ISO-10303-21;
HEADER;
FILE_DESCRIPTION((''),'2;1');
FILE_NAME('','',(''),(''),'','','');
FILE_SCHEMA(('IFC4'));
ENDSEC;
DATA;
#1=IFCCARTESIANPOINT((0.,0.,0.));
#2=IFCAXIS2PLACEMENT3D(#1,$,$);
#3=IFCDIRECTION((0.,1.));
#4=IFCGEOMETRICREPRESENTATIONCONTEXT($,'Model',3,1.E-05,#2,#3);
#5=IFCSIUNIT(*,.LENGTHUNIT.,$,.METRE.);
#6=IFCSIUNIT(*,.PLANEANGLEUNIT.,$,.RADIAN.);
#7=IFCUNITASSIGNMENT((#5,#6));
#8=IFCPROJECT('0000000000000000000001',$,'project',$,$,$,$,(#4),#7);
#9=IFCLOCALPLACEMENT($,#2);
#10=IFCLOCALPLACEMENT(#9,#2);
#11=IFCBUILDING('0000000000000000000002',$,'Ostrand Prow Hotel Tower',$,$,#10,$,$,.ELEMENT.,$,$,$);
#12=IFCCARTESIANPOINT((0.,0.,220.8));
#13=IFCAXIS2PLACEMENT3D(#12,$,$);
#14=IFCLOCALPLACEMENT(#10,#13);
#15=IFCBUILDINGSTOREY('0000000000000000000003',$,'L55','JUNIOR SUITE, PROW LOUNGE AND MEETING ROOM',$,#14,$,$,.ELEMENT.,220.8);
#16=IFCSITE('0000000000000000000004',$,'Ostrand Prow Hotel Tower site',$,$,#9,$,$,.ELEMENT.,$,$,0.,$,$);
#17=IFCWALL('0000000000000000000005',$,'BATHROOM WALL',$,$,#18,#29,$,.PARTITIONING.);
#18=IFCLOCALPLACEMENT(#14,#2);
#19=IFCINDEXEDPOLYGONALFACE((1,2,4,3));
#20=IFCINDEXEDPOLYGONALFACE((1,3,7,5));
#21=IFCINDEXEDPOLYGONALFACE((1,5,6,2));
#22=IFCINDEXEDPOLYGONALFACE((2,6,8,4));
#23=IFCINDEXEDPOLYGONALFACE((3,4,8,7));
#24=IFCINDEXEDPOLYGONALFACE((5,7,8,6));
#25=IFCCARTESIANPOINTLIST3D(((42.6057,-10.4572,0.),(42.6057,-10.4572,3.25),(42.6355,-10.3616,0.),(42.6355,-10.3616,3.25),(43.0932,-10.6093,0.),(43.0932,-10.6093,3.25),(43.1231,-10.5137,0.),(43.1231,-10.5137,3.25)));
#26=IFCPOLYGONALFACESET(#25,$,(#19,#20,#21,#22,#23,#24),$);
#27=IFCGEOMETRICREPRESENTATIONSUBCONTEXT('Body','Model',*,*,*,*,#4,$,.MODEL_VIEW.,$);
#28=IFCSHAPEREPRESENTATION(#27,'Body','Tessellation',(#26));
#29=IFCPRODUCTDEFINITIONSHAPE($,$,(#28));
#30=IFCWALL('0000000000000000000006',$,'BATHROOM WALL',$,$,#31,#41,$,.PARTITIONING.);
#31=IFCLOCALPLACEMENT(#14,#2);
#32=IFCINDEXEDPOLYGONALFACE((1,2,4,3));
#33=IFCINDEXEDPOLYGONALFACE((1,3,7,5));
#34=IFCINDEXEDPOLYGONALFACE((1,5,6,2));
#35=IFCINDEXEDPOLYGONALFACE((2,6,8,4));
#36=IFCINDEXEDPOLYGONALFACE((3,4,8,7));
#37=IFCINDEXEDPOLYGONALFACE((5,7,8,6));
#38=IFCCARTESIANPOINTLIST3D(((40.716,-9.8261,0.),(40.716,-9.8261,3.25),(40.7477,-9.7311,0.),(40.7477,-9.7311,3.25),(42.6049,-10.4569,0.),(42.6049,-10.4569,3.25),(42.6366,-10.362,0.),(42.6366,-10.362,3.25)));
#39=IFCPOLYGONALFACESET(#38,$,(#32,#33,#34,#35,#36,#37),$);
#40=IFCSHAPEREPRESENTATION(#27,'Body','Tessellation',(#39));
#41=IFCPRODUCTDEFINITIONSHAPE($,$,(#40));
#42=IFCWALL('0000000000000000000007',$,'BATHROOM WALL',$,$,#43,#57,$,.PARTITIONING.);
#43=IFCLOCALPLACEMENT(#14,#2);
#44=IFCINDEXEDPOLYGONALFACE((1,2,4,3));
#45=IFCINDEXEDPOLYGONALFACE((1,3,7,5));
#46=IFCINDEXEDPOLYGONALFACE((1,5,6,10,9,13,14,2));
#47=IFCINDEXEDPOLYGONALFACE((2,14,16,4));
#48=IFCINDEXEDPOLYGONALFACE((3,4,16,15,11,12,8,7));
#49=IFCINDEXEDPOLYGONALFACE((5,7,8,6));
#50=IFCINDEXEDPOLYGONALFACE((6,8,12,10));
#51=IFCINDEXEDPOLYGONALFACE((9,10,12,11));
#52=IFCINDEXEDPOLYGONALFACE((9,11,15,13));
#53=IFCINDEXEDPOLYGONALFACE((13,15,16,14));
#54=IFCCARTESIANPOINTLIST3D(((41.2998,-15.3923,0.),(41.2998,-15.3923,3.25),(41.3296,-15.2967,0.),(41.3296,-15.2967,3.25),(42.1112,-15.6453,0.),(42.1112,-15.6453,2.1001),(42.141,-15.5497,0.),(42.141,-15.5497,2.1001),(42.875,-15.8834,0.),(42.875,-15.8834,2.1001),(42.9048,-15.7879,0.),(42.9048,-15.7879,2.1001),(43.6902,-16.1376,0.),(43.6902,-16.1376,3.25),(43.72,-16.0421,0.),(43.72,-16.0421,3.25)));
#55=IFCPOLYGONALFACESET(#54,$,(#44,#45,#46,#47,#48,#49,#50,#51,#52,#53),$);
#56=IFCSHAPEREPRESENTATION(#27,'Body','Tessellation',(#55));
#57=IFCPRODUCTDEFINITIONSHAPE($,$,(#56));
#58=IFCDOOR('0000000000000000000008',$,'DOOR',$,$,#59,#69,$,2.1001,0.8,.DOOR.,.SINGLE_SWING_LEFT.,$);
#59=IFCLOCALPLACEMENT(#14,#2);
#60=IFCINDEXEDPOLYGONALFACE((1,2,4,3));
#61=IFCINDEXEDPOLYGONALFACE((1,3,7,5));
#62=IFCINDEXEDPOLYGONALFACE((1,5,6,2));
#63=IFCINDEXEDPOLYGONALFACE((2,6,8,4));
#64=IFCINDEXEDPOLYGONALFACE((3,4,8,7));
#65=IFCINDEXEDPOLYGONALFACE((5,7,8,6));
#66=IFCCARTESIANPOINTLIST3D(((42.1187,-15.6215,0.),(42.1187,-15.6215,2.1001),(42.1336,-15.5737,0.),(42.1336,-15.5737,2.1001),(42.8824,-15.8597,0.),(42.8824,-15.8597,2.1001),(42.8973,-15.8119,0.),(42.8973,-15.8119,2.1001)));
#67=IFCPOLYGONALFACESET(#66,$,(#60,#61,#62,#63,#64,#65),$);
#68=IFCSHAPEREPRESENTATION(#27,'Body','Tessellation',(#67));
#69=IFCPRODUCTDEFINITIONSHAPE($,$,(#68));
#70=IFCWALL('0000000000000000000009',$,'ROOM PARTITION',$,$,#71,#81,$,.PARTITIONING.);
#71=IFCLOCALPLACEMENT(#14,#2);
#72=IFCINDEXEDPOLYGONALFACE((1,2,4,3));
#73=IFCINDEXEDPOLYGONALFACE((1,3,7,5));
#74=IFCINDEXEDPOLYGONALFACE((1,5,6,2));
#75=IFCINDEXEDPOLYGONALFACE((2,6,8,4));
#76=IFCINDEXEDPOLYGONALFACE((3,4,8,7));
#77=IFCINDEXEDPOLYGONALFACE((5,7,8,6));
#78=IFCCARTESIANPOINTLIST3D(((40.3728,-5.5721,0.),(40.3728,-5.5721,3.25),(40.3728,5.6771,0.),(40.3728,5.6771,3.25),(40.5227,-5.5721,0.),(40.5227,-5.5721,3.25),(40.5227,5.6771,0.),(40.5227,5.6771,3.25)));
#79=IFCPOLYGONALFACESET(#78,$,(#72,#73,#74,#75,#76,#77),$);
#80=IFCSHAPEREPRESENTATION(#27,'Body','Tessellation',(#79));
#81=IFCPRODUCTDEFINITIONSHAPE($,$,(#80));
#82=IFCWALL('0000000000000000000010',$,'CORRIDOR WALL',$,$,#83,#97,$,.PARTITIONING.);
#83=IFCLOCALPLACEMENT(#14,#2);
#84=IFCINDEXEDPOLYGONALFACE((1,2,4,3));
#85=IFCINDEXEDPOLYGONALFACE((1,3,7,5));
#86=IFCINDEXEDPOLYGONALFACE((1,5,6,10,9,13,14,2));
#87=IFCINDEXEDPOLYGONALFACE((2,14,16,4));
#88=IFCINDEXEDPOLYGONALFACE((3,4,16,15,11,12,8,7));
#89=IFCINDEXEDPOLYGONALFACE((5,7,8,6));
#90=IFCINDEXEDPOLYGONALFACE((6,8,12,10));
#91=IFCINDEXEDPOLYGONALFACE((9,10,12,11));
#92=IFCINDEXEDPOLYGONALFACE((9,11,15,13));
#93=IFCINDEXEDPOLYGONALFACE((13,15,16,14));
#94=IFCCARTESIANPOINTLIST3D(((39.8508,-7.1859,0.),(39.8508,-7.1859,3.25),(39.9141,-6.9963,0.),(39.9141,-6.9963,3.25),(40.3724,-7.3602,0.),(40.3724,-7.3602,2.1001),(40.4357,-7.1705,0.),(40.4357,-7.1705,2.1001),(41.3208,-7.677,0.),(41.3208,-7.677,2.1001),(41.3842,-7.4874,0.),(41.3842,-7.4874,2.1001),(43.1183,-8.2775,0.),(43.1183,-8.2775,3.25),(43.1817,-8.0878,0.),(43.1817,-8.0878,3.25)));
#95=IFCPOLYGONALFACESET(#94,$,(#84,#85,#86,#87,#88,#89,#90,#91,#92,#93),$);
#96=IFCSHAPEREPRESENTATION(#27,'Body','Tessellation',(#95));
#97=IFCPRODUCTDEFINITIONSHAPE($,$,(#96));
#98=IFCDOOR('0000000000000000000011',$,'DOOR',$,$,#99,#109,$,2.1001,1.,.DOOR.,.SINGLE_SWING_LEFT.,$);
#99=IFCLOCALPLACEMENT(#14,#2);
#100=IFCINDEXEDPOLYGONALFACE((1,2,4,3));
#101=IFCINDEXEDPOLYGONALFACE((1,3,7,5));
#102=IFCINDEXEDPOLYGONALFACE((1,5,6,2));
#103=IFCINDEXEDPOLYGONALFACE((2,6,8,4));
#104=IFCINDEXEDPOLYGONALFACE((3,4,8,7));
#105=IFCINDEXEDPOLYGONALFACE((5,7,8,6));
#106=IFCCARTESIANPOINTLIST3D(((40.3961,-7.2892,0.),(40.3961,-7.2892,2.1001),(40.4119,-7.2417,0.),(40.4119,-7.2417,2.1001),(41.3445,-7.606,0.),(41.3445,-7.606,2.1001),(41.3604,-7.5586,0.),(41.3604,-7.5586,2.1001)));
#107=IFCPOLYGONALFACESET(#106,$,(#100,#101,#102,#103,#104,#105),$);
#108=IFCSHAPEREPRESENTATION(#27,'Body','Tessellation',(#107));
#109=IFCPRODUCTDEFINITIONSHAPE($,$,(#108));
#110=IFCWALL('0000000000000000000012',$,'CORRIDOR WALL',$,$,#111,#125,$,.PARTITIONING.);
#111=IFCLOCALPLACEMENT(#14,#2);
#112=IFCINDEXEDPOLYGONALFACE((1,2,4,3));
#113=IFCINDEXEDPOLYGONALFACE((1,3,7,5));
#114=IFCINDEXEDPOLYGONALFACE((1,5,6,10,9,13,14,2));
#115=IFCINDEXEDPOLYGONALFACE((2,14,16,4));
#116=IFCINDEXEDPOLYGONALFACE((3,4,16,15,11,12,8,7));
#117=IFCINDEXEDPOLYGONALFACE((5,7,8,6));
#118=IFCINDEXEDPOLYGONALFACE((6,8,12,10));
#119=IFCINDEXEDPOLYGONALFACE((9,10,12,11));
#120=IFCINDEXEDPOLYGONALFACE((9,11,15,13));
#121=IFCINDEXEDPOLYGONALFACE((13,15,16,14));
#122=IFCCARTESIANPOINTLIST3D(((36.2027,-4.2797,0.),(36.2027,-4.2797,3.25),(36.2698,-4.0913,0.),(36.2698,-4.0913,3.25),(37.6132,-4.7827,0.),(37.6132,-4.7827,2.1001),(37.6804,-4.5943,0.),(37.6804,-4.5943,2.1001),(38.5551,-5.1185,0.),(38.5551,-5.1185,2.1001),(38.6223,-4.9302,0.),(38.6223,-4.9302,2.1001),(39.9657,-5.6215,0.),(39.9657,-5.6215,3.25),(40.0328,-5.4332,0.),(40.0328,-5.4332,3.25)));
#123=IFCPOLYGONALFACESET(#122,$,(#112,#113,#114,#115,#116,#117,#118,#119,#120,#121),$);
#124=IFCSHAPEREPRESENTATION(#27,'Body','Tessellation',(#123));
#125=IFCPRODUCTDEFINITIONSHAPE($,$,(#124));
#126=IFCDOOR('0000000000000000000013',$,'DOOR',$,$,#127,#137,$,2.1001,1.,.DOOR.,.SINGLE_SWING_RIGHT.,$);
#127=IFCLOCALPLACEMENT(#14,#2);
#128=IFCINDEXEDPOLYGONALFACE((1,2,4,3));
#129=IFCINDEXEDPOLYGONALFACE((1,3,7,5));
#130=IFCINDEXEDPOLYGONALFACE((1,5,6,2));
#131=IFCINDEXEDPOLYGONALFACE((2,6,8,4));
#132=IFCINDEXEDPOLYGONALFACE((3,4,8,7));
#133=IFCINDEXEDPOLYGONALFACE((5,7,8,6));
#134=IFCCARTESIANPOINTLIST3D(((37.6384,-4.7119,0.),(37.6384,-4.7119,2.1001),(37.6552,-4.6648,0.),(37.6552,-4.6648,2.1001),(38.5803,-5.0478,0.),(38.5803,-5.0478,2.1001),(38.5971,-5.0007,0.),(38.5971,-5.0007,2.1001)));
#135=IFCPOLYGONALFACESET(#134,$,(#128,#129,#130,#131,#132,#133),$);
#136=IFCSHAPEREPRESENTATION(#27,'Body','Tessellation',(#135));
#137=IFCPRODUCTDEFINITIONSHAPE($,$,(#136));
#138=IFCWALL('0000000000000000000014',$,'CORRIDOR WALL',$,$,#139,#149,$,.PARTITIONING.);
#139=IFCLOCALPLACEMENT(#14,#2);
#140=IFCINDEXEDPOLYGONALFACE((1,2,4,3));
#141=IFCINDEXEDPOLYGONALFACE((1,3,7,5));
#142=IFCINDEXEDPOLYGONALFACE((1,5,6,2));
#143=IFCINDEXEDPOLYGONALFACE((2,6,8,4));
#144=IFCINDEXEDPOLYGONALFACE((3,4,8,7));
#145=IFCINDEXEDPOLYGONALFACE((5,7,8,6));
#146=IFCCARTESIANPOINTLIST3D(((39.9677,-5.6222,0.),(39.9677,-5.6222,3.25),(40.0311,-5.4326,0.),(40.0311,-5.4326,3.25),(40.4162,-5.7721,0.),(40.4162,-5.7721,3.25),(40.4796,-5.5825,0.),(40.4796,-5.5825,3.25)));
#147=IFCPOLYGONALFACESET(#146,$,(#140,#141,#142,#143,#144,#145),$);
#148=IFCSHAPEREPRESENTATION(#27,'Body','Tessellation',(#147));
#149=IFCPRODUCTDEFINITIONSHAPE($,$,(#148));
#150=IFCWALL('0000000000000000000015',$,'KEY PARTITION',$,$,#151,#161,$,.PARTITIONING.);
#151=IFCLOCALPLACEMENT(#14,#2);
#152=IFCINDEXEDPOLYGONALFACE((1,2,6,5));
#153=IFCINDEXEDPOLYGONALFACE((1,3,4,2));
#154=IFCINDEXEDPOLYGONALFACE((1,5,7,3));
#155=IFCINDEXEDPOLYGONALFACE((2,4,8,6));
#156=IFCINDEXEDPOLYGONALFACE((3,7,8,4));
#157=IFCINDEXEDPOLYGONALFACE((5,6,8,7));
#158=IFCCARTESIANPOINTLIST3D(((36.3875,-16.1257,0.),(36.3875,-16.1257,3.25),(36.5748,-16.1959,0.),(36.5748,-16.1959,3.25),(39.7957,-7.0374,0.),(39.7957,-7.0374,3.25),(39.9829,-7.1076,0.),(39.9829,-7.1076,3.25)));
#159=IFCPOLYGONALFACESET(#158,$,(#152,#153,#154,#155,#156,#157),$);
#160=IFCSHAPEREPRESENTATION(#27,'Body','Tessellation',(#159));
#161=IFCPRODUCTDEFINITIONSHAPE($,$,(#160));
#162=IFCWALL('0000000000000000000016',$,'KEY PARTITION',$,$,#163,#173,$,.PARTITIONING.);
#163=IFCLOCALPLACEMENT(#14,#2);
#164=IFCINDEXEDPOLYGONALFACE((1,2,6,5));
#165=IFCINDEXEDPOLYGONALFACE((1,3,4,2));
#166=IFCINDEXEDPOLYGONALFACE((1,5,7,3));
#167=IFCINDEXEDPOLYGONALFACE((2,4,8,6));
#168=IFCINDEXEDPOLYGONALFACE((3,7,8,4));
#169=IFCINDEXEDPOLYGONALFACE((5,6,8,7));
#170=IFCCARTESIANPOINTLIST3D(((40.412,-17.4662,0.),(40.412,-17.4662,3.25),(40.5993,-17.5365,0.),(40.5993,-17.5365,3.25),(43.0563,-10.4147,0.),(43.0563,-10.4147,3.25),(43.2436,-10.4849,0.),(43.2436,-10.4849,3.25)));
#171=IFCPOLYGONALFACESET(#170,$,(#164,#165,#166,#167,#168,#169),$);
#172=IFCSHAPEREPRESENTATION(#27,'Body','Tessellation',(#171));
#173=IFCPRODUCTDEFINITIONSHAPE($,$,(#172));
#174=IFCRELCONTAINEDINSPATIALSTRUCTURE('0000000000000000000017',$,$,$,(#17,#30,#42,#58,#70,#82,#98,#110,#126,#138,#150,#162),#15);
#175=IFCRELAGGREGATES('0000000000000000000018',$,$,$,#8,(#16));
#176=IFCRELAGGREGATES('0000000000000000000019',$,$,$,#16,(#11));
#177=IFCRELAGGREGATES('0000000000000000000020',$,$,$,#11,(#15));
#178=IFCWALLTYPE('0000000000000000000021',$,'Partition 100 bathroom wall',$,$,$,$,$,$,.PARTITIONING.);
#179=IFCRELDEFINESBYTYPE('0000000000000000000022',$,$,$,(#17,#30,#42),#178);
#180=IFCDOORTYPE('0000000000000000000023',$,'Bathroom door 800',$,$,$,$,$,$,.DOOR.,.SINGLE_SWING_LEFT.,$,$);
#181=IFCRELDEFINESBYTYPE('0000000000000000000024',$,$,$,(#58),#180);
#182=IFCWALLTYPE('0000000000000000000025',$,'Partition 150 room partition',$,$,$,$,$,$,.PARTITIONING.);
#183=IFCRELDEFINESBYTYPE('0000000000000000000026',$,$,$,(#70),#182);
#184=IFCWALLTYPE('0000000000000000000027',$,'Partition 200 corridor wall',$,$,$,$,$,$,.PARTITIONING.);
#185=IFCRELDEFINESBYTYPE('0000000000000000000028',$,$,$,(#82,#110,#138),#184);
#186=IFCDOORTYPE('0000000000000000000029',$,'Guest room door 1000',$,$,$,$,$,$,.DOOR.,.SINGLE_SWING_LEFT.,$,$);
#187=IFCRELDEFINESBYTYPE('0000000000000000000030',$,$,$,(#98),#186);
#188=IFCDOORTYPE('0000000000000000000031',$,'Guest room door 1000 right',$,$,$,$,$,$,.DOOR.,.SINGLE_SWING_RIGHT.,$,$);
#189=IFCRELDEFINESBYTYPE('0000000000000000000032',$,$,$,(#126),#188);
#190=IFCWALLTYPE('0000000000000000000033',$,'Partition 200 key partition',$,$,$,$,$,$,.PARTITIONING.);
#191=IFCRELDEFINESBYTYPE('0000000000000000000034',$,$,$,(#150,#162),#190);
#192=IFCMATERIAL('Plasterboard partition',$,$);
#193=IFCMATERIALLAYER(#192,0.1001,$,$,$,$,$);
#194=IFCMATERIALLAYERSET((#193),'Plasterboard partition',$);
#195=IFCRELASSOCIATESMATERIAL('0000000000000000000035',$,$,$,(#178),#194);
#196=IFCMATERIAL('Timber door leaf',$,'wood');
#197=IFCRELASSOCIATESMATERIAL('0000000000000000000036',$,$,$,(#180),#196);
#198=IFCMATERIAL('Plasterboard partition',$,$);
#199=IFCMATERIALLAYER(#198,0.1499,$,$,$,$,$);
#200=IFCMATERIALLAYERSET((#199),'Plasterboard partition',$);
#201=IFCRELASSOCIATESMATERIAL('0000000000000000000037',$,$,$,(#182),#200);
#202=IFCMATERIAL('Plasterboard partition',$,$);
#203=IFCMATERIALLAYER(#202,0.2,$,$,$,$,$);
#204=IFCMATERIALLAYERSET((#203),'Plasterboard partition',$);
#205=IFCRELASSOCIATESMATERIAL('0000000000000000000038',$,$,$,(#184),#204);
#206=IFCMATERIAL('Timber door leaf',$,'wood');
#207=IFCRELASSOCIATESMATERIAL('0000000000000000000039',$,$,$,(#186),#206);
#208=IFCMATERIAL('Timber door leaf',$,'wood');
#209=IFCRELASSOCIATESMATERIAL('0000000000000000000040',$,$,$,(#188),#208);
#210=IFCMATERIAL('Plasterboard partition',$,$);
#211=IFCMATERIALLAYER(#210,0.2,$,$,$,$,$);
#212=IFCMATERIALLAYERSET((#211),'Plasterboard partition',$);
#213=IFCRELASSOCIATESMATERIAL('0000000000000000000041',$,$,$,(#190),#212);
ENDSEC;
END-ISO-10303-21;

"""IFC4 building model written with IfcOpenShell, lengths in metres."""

from ifc_helpers import new_model, si_unit, direction, frame, frame_2d, origin, place, context, subcontext, project, spatial, rectangle, extrude, material, layer, layer_set, type_object, element, fill, save


model = new_model("IFC4")

# Units and contexts
model_context = context("Model", 3, precision=1e-05, world=origin(), true_north=direction((0.0, 1.0)))
body_context = subcontext(model_context, "Body", "Model", "MODEL_VIEW")
ifc_project = project(units=[si_unit("LENGTHUNIT", "METRE"), si_unit("PLANEANGLEUNIT", "RADIAN")], contexts=[model_context])

# Site, building, storey
site_placement = place(None, origin())
site = spatial("IfcSite", under=ifc_project, at=site_placement, Name="Ostrand Prow Hotel Tower site", CompositionType="ELEMENT", RefElevation=0.0)
building_placement = place(site_placement, origin())
building = spatial("IfcBuilding", under=site, at=building_placement, Name="Ostrand Prow Hotel Tower", CompositionType="ELEMENT")
storey_placement = place(building_placement, frame((0.0, 0.0, 220.8)))
storey = spatial("IfcBuildingStorey", under=building, at=storey_placement, Name="L55", Description="JUNIOR SUITE, PROW LOUNGE AND MEETING ROOM", CompositionType="ELEMENT", Elevation=220.8)

# Shared definitions
ifc_material_1 = material(Name="Plasterboard partition")
ifc_layer_1 = layer(ifc_material_1, 0.1001)
ifc_layer_set_1 = layer_set([ifc_layer_1], Name="Plasterboard partition")
wall_type_1 = type_object("IfcWallType", Name="Partition 100 bathroom wall", PredefinedType="PARTITIONING", material=ifc_layer_set_1)

# Shared definitions
ifc_material_2 = material(Name="Timber door leaf", Category="wood")
door_type_1 = type_object("IfcDoorType", Name="Bathroom door 800", OperationType="SINGLE_SWING_LEFT", PredefinedType="DOOR", material=ifc_material_2)

# Walls
wall_1_placement = place(storey_placement, frame((43.1082, -10.5615, 0.0), z_axis=(0.0, 0.0, 1.0), x_axis=(-0.954624, 0.297812, 0.0)))
element("IfcWall", 1, at=wall_1_placement, inside=storey, type_object=wall_type_1, Name="BATHROOM WALL", PredefinedType="PARTITIONING", context=body_context, shape_type="SweptSolid", body=[
    extrude(rectangle(XDim=0.5107, YDim=0.1001, at=frame_2d((0.2554, 0.0))), origin(), (0.0, 0.0, 1.0), 3.25),
])
wall_2_placement = place(storey_placement, frame((42.6206, -10.4094, 0.0), z_axis=(0.0, 0.0, 1.0), x_axis=(-0.948499, 0.316779, 0.0)))
element("IfcWall", 2, at=wall_2_placement, inside=storey, type_object=wall_type_1, Name="BATHROOM WALL", PredefinedType="PARTITIONING", context=body_context, shape_type="SweptSolid", body=[
    extrude(rectangle(XDim=1.9915, YDim=0.1001, at=frame_2d((0.9956, 0.0))), origin(), (0.0, 0.0, 1.0), 3.25),
])

# Wall, opening, door
wall_3_placement = place(storey_placement, frame((41.3147, -15.3445, 0.0), z_axis=(0.0, 0.0, 1.0), x_axis=(0.954665, -0.297681, 0.0)))
wall_3 = element("IfcWall", 3, at=wall_3_placement, inside=storey, type_object=wall_type_1, Name="BATHROOM WALL", PredefinedType="PARTITIONING", context=body_context, shape_type="SweptSolid", body=[
    extrude(rectangle(XDim=2.5039, YDim=0.1001, at=frame_2d((1.252, 0.0))), origin(), (0.0, 0.0, 1.0), 3.25),
])
opening_1_placement = place(wall_3_placement, frame((0.8501, 0.0, 0.0)))
opening_1 = element("IfcOpeningElement", 4, at=opening_1_placement, cuts=wall_3, PredefinedType="OPENING", context=body_context, shape_type="SweptSolid", body=[
    extrude(rectangle(XDim=0.8, YDim=2.1001, at=frame_2d((0.3999, 1.05))), frame((0.0, 0.0601, 0.0), z_axis=(0.0, -1.0, 0.0), x_axis=(1.0, 0.0, 0.0)), (0.0, 0.0, 1.0), 0.1201),
])
door_1_placement = place(opening_1_placement, origin())
door_1 = element("IfcDoor", 5, at=door_1_placement, inside=storey, type_object=door_type_1, Name="DOOR", OperationType="SINGLE_SWING_LEFT", OverallHeight=2.1001, OverallWidth=0.8, PredefinedType="DOOR", context=body_context, shape_type="SweptSolid", body=[
    extrude(rectangle(XDim=0.8, YDim=2.1001, at=frame_2d((0.3999, 1.05))), frame((0.0, 0.0249, 0.0), z_axis=(0.0, -1.0, 0.0), x_axis=(1.0, 0.0, 0.0)), (0.0, 0.0, 1.0), 0.05),
])
fill(opening_1, door_1)

# Wall
ifc_material_3 = material(Name="Plasterboard partition")
ifc_layer_2 = layer(ifc_material_3, 0.1499)
ifc_layer_set_2 = layer_set([ifc_layer_2], Name="Plasterboard partition")
wall_type_2 = type_object("IfcWallType", Name="Partition 150 room partition", PredefinedType="PARTITIONING", material=ifc_layer_set_2)
wall_4_placement = place(storey_placement, frame((40.4478, -5.572, 0.0), z_axis=(0.0, 0.0, 1.0), x_axis=(0.0, 1.0, 0.0)))
element("IfcWall", 6, at=wall_4_placement, inside=storey, type_object=wall_type_2, Name="ROOM PARTITION", PredefinedType="PARTITIONING", context=body_context, shape_type="SweptSolid", body=[
    extrude(rectangle(XDim=11.2493, YDim=0.1499, at=frame_2d((5.6245, 0.0))), origin(), (0.0, 0.0, 1.0), 3.25),
])

# Walls, openings, doors
ifc_material_4 = material(Name="Plasterboard partition")
ifc_layer_3 = layer(ifc_material_4, 0.2)
ifc_layer_set_3 = layer_set([ifc_layer_3], Name="Plasterboard partition")
wall_type_3 = type_object("IfcWallType", Name="Partition 200 corridor wall", PredefinedType="PARTITIONING", material=ifc_layer_set_3)
wall_5_placement = place(storey_placement, frame((39.8823, -7.0911, 0.0), z_axis=(0.0, 0.0, 1.0), x_axis=(0.948478, -0.316844, 0.0)))
wall_5 = element("IfcWall", 7, at=wall_5_placement, inside=storey, type_object=wall_type_3, Name="CORRIDOR WALL", PredefinedType="PARTITIONING", context=body_context, shape_type="SweptSolid", body=[
    extrude(rectangle(XDim=3.4451, YDim=0.2, at=frame_2d((1.7227, 0.0))), origin(), (0.0, 0.0, 1.0), 3.25),
])
opening_2_placement = place(wall_5_placement, frame((0.55, 0.0, 0.0)))
opening_2 = element("IfcOpeningElement", 8, at=opening_2_placement, cuts=wall_5, PredefinedType="OPENING", context=body_context, shape_type="SweptSolid", body=[
    extrude(rectangle(XDim=1.0, YDim=2.1001, at=frame_2d((0.5, 1.05))), frame((0.0, 0.1099, 0.0), z_axis=(0.0, -1.0, 0.0), x_axis=(1.0, 0.0, 0.0)), (0.0, 0.0, 1.0), 0.22),
])
ifc_material_5 = material(Name="Timber door leaf", Category="wood")
door_type_2 = type_object("IfcDoorType", Name="Guest room door 1000", OperationType="SINGLE_SWING_LEFT", PredefinedType="DOOR", material=ifc_material_5)
door_2_placement = place(opening_2_placement, origin())
door_2 = element("IfcDoor", 9, at=door_2_placement, inside=storey, type_object=door_type_2, Name="DOOR", OperationType="SINGLE_SWING_LEFT", OverallHeight=2.1001, OverallWidth=1.0, PredefinedType="DOOR", context=body_context, shape_type="SweptSolid", body=[
    extrude(rectangle(XDim=1.0, YDim=2.1001, at=frame_2d((0.5, 1.05))), frame((0.0, 0.0249, 0.0), z_axis=(0.0, -1.0, 0.0), x_axis=(1.0, 0.0, 0.0)), (0.0, 0.0, 1.0), 0.05),
])
fill(opening_2, door_2)
wall_6_placement = place(storey_placement, frame((39.9993, -5.5273, 0.0), z_axis=(0.0, 0.0, 1.0), x_axis=(-0.941909, 0.335868, 0.0)))
wall_6 = element("IfcWall", 10, at=wall_6_placement, inside=storey, type_object=wall_type_3, Name="CORRIDOR WALL", PredefinedType="PARTITIONING", context=body_context, shape_type="SweptSolid", body=[
    extrude(rectangle(XDim=3.9951, YDim=0.2, at=frame_2d((1.9976, 0.0))), origin(), (0.0, 0.0, 1.0), 3.25),
])
opening_3_placement = place(wall_6_placement, frame((1.4976, 0.0, 0.0)))
opening_3 = element("IfcOpeningElement", 11, at=opening_3_placement, cuts=wall_6, PredefinedType="OPENING", context=body_context, shape_type="SweptSolid", body=[
    extrude(rectangle(XDim=1.0, YDim=2.1001, at=frame_2d((0.5, 1.05))), frame((0.0, 0.1099, 0.0), z_axis=(0.0, -1.0, 0.0), x_axis=(1.0, 0.0, 0.0)), (0.0, 0.0, 1.0), 0.22),
])
ifc_material_6 = material(Name="Timber door leaf", Category="wood")
door_type_3 = type_object("IfcDoorType", Name="Guest room door 1000 right", OperationType="SINGLE_SWING_RIGHT", PredefinedType="DOOR", material=ifc_material_6)
door_3_placement = place(opening_3_placement, origin())
door_3 = element("IfcDoor", 12, at=door_3_placement, inside=storey, type_object=door_type_3, Name="DOOR", OperationType="SINGLE_SWING_RIGHT", OverallHeight=2.1001, OverallWidth=1.0, PredefinedType="DOOR", context=body_context, shape_type="SweptSolid", body=[
    extrude(rectangle(XDim=1.0, YDim=2.1001, at=frame_2d((0.5, 1.05))), frame((0.0, 0.0249, 0.0), z_axis=(0.0, -1.0, 0.0), x_axis=(1.0, 0.0, 0.0)), (0.0, 0.0, 1.0), 0.05),
])
fill(opening_3, door_3)

# Walls
wall_7_placement = place(storey_placement, frame((40.4478, -5.6772, 0.0), z_axis=(0.0, 0.0, 1.0), x_axis=(-0.948425, 0.317002, 0.0)))
element("IfcWall", 13, at=wall_7_placement, inside=storey, type_object=wall_type_3, Name="CORRIDOR WALL", PredefinedType="PARTITIONING", context=body_context, shape_type="SweptSolid", body=[
    extrude(rectangle(XDim=0.4729, YDim=0.2, at=frame_2d((0.2363, 0.0))), origin(), (0.0, 0.0, 1.0), 3.25),
])
ifc_material_7 = material(Name="Plasterboard partition")
ifc_layer_4 = layer(ifc_material_7, 0.2)
ifc_layer_set_4 = layer_set([ifc_layer_4], Name="Plasterboard partition")
wall_type_4 = type_object("IfcWallType", Name="Partition 200 key partition", PredefinedType="PARTITIONING", material=ifc_layer_set_4)
wall_8_placement = place(storey_placement, frame((36.4812, -16.1606, 0.0), z_axis=(0.0, 0.0, 1.0), x_axis=(0.351129, 0.936327, 0.0)))
element("IfcWall", 14, at=wall_8_placement, inside=storey, type_object=wall_type_4, Name="KEY PARTITION", PredefinedType="PARTITIONING", context=body_context, shape_type="SweptSolid", body=[
    extrude(rectangle(XDim=9.7063, YDim=0.2, at=frame_2d((4.853, 0.0))), origin(), (0.0, 0.0, 1.0), 3.25),
])
wall_9_placement = place(storey_placement, frame((40.5056, -17.5015, 0.0), z_axis=(0.0, 0.0, 1.0), x_axis=(0.35112, 0.936331, 0.0)))
element("IfcWall", 15, at=wall_9_placement, inside=storey, type_object=wall_type_4, Name="KEY PARTITION", PredefinedType="PARTITIONING", context=body_context, shape_type="SweptSolid", body=[
    extrude(rectangle(XDim=7.531, YDim=0.2, at=frame_2d((3.7656, 0.0))), origin(), (0.0, 0.0, 1.0), 3.25),
])

save(model, "model.ifc")
